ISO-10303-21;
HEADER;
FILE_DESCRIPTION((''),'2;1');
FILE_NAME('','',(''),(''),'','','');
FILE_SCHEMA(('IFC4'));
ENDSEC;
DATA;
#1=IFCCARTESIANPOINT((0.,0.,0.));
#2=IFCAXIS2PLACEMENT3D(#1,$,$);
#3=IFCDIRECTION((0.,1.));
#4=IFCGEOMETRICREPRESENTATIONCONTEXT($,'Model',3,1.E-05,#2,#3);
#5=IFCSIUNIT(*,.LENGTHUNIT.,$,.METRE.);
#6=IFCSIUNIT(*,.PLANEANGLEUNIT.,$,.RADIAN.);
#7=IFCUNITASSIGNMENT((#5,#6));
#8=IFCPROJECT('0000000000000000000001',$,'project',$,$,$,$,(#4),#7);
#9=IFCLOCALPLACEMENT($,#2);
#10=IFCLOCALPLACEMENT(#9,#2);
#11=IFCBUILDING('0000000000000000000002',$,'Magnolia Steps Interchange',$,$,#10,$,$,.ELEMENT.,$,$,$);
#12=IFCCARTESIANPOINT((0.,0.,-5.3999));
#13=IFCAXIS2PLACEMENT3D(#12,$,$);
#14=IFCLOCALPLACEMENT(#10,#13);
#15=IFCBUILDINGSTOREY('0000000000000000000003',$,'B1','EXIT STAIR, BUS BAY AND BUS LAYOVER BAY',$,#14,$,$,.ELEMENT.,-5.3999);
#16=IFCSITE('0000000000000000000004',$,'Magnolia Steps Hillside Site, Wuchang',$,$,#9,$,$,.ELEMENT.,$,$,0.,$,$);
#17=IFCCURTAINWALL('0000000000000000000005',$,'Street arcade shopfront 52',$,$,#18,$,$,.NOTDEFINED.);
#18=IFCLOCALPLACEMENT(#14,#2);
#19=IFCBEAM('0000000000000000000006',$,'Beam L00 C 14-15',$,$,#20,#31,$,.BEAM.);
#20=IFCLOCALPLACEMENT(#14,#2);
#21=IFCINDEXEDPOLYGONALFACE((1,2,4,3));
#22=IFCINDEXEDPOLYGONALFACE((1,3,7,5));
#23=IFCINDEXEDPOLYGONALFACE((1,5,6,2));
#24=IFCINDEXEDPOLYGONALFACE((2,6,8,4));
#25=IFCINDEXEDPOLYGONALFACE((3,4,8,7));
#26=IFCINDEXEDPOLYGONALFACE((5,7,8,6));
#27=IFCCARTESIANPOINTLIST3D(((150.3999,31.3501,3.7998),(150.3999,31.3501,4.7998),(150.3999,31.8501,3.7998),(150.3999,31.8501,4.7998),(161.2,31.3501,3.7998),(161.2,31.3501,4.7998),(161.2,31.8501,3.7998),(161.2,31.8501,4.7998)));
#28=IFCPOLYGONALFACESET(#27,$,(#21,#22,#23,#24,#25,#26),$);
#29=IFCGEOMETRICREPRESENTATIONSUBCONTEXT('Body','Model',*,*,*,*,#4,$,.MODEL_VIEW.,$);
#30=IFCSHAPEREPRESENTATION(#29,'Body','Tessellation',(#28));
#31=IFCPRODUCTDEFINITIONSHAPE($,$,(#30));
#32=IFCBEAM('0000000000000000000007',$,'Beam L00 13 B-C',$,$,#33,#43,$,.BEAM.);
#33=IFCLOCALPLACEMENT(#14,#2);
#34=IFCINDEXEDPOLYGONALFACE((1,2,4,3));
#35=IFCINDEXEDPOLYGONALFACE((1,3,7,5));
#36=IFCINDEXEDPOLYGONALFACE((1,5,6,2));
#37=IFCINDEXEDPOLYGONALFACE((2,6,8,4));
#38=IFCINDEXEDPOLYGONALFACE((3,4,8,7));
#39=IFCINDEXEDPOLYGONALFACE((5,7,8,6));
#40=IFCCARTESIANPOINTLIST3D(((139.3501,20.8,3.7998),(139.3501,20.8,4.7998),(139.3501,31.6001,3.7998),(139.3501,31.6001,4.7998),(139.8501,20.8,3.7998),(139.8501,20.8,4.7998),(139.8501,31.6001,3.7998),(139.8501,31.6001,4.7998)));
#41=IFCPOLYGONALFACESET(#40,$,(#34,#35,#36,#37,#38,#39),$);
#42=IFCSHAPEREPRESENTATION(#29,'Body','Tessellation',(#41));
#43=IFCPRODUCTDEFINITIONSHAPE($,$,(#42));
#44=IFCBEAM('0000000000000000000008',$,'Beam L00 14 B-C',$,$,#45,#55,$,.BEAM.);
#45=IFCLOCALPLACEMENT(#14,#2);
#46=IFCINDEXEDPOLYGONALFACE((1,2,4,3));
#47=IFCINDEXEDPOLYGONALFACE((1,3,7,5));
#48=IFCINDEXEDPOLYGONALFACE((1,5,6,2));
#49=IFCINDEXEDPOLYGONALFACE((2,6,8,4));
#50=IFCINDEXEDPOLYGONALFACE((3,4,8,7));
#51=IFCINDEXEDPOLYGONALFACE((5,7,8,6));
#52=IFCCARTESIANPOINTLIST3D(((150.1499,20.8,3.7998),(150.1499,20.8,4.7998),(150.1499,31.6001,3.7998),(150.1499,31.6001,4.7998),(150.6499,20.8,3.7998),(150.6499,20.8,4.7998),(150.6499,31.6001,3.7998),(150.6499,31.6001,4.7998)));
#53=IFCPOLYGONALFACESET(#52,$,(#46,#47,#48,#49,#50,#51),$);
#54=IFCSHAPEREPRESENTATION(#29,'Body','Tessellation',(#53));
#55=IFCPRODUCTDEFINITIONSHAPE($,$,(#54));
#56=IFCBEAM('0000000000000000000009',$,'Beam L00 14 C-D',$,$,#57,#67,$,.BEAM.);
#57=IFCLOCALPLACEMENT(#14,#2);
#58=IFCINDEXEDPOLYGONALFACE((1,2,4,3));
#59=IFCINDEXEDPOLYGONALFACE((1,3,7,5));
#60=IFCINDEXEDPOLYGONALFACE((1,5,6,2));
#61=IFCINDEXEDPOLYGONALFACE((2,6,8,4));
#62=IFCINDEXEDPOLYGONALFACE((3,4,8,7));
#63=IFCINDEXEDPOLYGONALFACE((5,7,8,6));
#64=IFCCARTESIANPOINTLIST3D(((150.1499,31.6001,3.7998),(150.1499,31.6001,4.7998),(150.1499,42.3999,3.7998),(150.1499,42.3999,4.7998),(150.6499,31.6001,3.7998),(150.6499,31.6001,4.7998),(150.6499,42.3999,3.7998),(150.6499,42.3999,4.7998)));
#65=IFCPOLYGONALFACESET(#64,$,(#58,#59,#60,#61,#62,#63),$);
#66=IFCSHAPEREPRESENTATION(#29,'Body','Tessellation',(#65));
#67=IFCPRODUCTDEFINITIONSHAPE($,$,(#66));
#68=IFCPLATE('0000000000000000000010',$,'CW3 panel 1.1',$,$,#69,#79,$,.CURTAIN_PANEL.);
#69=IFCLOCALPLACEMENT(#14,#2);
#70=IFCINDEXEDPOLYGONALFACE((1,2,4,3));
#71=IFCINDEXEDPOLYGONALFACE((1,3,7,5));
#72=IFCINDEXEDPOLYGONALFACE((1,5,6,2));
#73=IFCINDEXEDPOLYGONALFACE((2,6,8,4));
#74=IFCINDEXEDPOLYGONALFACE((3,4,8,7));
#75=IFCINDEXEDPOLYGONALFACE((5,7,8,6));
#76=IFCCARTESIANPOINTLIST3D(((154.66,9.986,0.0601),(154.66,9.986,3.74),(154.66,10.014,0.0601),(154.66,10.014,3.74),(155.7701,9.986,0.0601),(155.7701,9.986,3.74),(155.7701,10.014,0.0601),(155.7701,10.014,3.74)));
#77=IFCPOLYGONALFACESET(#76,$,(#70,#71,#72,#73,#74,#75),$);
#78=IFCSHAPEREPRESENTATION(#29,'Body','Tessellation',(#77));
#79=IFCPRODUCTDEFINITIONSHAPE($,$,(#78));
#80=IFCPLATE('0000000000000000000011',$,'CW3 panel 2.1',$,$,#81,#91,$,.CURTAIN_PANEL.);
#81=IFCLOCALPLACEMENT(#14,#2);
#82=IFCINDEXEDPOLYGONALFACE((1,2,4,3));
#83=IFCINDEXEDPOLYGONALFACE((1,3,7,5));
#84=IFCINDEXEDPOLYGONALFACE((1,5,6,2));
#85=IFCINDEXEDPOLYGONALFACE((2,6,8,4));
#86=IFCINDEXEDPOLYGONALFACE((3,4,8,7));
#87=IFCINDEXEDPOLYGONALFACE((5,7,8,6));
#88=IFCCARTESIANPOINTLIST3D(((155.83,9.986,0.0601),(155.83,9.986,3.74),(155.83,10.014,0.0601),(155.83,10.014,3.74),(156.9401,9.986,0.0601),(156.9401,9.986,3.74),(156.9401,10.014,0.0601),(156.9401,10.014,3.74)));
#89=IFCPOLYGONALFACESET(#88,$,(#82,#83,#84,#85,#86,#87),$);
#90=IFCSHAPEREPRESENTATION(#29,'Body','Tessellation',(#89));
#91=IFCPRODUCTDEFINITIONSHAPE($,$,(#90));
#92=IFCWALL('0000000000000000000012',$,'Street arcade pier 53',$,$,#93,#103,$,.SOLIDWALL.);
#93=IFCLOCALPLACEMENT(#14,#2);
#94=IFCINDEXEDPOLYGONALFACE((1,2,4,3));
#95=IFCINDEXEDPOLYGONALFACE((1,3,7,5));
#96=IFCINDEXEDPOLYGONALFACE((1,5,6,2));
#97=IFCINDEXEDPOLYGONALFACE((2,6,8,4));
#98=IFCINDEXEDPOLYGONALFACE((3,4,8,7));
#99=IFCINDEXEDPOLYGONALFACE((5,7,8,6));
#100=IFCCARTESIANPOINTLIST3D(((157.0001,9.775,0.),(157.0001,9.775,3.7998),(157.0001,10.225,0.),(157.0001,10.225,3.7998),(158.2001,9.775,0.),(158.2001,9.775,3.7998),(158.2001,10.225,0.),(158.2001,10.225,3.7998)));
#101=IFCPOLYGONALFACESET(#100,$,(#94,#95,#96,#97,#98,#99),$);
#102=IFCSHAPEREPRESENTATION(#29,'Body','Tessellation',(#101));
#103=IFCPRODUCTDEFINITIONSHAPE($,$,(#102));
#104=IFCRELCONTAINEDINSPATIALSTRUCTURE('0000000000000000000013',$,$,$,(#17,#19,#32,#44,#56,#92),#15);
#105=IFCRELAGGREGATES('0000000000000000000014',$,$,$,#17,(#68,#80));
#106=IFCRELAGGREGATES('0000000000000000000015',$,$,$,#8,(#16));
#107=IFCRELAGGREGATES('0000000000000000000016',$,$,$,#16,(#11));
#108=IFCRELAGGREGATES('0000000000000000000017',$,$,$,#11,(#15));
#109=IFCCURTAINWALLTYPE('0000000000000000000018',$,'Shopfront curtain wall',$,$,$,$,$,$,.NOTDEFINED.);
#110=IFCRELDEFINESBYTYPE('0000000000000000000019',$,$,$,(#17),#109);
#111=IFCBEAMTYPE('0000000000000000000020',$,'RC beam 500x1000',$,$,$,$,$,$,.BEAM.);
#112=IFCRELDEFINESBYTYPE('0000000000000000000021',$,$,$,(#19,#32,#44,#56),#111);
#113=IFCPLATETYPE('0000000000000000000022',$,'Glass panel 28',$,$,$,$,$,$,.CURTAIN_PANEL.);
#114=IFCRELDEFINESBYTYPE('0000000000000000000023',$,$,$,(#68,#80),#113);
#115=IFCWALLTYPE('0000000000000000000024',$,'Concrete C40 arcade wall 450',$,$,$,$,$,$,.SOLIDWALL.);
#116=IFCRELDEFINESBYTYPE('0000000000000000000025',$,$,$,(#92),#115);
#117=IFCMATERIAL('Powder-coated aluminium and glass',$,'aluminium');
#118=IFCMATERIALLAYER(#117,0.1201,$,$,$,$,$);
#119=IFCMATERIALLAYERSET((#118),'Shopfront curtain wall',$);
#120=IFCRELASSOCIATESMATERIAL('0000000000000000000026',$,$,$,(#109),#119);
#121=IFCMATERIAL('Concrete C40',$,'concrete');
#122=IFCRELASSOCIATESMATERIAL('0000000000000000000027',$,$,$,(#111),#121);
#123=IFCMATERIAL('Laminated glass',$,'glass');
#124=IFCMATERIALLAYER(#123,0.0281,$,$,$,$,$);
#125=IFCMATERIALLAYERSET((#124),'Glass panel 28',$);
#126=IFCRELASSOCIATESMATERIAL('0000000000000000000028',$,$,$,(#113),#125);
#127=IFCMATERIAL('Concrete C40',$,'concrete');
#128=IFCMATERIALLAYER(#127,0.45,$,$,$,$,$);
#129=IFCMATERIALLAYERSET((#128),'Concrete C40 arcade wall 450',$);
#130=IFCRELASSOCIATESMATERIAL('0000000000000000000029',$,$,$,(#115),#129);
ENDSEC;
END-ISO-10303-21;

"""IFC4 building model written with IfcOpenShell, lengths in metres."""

from ifc_helpers import new_model, si_unit, direction, frame, frame_2d, origin, origin_2d, place, context, subcontext, project, spatial, rectangle, extrude, material, layer, layer_set, material_profile, profile_set, type_object, element, aggregate, save


model = new_model("IFC4")

# Units and contexts
model_context = context("Model", 3, precision=1e-05, world=origin(), true_north=direction((0.0, 1.0)))
body_context = subcontext(model_context, "Body", "Model", "MODEL_VIEW")
ifc_project = project(units=[si_unit("LENGTHUNIT", "METRE"), si_unit("PLANEANGLEUNIT", "RADIAN")], contexts=[model_context])

# Site, building, storey
site_placement = place(None, origin())
site = spatial("IfcSite", under=ifc_project, at=site_placement, Name="Magnolia Steps Hillside Site, Wuchang", CompositionType="ELEMENT", RefElevation=0.0)
building_placement = place(site_placement, origin())
building = spatial("IfcBuilding", under=site, at=building_placement, Name="Magnolia Steps Interchange", CompositionType="ELEMENT")
storey_placement = place(building_placement, frame((0.0, 0.0, -5.3999)))
storey = spatial("IfcBuildingStorey", under=building, at=storey_placement, Name="B1", Description="EXIT STAIR, BUS BAY AND BUS LAYOVER BAY", CompositionType="ELEMENT", Elevation=-5.3999)

# Curtain wall
ifc_material_1 = material(Name="Powder-coated aluminium and glass", Category="aluminium")
ifc_layer_1 = layer(ifc_material_1, 0.1201)
ifc_layer_set_1 = layer_set([ifc_layer_1], Name="Shopfront curtain wall")
curtain_wall_type = type_object("IfcCurtainWallType", Name="Shopfront curtain wall", PredefinedType="NOTDEFINED", material=ifc_layer_set_1)
curtain_wall_placement = place(storey_placement, origin())
curtain_wall = element("IfcCurtainWall", 1, at=curtain_wall_placement, inside=storey, type_object=curtain_wall_type, Name="Street arcade shopfront 52", PredefinedType="NOTDEFINED")

# Beams
ifc_material_2 = material(Name="Concrete C40", Category="concrete")
ifc_material_profile_1 = material_profile(ifc_material_2, rectangle(XDim=0.5, YDim=1.0, at=origin_2d()), Name="RC500x1000")
ifc_profile_set_1 = profile_set([ifc_material_profile_1], Name="Concrete C40")
beam_type = type_object("IfcBeamType", Name="RC beam 500x1000", PredefinedType="BEAM", material=ifc_profile_set_1)
for number, where, z_axis, x_axis, name in (
    (2, (150.3999, 31.6001, 4.2998), (1.0, 0.0, 0.0), (0.0, 1.0, 0.0), "Beam L00 C 14-15"),
    (3, (139.6001, 20.8, 4.2998), (0.0, 1.0, 0.0), (-1.0, 0.0, 0.0), "Beam L00 13 B-C"),
    (4, (150.3999, 20.8, 4.2998), (0.0, 1.0, 0.0), (-1.0, 0.0, 0.0), "Beam L00 14 B-C"),
):
    element("IfcBeam", number, at=place(storey_placement, frame(where, z_axis=z_axis, x_axis=x_axis)), inside=storey, type_object=beam_type, Name=name, PredefinedType="BEAM", context=body_context, shape_type="SweptSolid", body=[
        extrude(rectangle(XDim=0.5, YDim=1.0, at=origin_2d()), origin(), (0.0, 0.0, 1.0), 10.8),
    ])
beam_1_placement = place(storey_placement, frame((150.3999, 31.6001, 4.2998), z_axis=(0.0, 1.0, 0.0), x_axis=(-1.0, 0.0, 0.0)))
element("IfcBeam", 5, at=beam_1_placement, inside=storey, type_object=beam_type, Name="Beam L00 14 C-D", PredefinedType="BEAM", context=body_context, shape_type="SweptSolid", body=[
    extrude(rectangle(XDim=0.5, YDim=1.0, at=origin_2d()), origin(), (0.0, 0.0, 1.0), 10.7998),
])

# Plates
ifc_material_3 = material(Name="Laminated glass", Category="glass")
ifc_layer_2 = layer(ifc_material_3, 0.0281)
ifc_layer_set_2 = layer_set([ifc_layer_2], Name="Glass panel 28")
plate_type = type_object("IfcPlateType", Name="Glass panel 28", PredefinedType="CURTAIN_PANEL", material=ifc_layer_set_2)
plate_1_placement = place(storey_placement, frame((155.2151, 10.0, 0.0601), z_axis=(0.0, 0.0, 1.0), x_axis=(1.0, 0.0, 0.0)))
plate_1 = element("IfcPlate", 6, at=plate_1_placement, type_object=plate_type, Name="CW3 panel 1.1", PredefinedType="CURTAIN_PANEL", context=body_context, shape_type="SweptSolid", body=[
    extrude(rectangle(XDim=1.1101, YDim=0.0281, at=origin_2d()), origin(), (0.0, 0.0, 1.0), 3.6799),
])
plate_2_placement = place(storey_placement, frame((156.385, 10.0, 0.0601), z_axis=(0.0, 0.0, 1.0), x_axis=(1.0, 0.0, 0.0)))
plate_2 = element("IfcPlate", 7, at=plate_2_placement, type_object=plate_type, Name="CW3 panel 2.1", PredefinedType="CURTAIN_PANEL", context=body_context, shape_type="SweptSolid", body=[
    extrude(rectangle(XDim=1.1101, YDim=0.0281, at=origin_2d()), origin(), (0.0, 0.0, 1.0), 3.6799),
])
aggregate(curtain_wall, [plate_1, plate_2])

# Wall
ifc_material_4 = material(Name="Concrete C40", Category="concrete")
ifc_layer_3 = layer(ifc_material_4, 0.45)
ifc_layer_set_3 = layer_set([ifc_layer_3], Name="Concrete C40 arcade wall 450")
wall_type = type_object("IfcWallType", Name="Concrete C40 arcade wall 450", PredefinedType="SOLIDWALL", material=ifc_layer_set_3)
wall_placement = place(storey_placement, frame((157.0, 10.0, 0.0), z_axis=(0.0, 0.0, 1.0), x_axis=(1.0, 0.0, 0.0)))
element("IfcWall", 8, at=wall_placement, inside=storey, type_object=wall_type, Name="Street arcade pier 53", PredefinedType="SOLIDWALL", context=body_context, shape_type="SweptSolid", body=[
    extrude(rectangle(XDim=1.2, YDim=0.45, at=frame_2d((0.6001, 0.0))), origin(), (0.0, 0.0, 1.0), 3.7998),
])

save(model, "model.ifc")
